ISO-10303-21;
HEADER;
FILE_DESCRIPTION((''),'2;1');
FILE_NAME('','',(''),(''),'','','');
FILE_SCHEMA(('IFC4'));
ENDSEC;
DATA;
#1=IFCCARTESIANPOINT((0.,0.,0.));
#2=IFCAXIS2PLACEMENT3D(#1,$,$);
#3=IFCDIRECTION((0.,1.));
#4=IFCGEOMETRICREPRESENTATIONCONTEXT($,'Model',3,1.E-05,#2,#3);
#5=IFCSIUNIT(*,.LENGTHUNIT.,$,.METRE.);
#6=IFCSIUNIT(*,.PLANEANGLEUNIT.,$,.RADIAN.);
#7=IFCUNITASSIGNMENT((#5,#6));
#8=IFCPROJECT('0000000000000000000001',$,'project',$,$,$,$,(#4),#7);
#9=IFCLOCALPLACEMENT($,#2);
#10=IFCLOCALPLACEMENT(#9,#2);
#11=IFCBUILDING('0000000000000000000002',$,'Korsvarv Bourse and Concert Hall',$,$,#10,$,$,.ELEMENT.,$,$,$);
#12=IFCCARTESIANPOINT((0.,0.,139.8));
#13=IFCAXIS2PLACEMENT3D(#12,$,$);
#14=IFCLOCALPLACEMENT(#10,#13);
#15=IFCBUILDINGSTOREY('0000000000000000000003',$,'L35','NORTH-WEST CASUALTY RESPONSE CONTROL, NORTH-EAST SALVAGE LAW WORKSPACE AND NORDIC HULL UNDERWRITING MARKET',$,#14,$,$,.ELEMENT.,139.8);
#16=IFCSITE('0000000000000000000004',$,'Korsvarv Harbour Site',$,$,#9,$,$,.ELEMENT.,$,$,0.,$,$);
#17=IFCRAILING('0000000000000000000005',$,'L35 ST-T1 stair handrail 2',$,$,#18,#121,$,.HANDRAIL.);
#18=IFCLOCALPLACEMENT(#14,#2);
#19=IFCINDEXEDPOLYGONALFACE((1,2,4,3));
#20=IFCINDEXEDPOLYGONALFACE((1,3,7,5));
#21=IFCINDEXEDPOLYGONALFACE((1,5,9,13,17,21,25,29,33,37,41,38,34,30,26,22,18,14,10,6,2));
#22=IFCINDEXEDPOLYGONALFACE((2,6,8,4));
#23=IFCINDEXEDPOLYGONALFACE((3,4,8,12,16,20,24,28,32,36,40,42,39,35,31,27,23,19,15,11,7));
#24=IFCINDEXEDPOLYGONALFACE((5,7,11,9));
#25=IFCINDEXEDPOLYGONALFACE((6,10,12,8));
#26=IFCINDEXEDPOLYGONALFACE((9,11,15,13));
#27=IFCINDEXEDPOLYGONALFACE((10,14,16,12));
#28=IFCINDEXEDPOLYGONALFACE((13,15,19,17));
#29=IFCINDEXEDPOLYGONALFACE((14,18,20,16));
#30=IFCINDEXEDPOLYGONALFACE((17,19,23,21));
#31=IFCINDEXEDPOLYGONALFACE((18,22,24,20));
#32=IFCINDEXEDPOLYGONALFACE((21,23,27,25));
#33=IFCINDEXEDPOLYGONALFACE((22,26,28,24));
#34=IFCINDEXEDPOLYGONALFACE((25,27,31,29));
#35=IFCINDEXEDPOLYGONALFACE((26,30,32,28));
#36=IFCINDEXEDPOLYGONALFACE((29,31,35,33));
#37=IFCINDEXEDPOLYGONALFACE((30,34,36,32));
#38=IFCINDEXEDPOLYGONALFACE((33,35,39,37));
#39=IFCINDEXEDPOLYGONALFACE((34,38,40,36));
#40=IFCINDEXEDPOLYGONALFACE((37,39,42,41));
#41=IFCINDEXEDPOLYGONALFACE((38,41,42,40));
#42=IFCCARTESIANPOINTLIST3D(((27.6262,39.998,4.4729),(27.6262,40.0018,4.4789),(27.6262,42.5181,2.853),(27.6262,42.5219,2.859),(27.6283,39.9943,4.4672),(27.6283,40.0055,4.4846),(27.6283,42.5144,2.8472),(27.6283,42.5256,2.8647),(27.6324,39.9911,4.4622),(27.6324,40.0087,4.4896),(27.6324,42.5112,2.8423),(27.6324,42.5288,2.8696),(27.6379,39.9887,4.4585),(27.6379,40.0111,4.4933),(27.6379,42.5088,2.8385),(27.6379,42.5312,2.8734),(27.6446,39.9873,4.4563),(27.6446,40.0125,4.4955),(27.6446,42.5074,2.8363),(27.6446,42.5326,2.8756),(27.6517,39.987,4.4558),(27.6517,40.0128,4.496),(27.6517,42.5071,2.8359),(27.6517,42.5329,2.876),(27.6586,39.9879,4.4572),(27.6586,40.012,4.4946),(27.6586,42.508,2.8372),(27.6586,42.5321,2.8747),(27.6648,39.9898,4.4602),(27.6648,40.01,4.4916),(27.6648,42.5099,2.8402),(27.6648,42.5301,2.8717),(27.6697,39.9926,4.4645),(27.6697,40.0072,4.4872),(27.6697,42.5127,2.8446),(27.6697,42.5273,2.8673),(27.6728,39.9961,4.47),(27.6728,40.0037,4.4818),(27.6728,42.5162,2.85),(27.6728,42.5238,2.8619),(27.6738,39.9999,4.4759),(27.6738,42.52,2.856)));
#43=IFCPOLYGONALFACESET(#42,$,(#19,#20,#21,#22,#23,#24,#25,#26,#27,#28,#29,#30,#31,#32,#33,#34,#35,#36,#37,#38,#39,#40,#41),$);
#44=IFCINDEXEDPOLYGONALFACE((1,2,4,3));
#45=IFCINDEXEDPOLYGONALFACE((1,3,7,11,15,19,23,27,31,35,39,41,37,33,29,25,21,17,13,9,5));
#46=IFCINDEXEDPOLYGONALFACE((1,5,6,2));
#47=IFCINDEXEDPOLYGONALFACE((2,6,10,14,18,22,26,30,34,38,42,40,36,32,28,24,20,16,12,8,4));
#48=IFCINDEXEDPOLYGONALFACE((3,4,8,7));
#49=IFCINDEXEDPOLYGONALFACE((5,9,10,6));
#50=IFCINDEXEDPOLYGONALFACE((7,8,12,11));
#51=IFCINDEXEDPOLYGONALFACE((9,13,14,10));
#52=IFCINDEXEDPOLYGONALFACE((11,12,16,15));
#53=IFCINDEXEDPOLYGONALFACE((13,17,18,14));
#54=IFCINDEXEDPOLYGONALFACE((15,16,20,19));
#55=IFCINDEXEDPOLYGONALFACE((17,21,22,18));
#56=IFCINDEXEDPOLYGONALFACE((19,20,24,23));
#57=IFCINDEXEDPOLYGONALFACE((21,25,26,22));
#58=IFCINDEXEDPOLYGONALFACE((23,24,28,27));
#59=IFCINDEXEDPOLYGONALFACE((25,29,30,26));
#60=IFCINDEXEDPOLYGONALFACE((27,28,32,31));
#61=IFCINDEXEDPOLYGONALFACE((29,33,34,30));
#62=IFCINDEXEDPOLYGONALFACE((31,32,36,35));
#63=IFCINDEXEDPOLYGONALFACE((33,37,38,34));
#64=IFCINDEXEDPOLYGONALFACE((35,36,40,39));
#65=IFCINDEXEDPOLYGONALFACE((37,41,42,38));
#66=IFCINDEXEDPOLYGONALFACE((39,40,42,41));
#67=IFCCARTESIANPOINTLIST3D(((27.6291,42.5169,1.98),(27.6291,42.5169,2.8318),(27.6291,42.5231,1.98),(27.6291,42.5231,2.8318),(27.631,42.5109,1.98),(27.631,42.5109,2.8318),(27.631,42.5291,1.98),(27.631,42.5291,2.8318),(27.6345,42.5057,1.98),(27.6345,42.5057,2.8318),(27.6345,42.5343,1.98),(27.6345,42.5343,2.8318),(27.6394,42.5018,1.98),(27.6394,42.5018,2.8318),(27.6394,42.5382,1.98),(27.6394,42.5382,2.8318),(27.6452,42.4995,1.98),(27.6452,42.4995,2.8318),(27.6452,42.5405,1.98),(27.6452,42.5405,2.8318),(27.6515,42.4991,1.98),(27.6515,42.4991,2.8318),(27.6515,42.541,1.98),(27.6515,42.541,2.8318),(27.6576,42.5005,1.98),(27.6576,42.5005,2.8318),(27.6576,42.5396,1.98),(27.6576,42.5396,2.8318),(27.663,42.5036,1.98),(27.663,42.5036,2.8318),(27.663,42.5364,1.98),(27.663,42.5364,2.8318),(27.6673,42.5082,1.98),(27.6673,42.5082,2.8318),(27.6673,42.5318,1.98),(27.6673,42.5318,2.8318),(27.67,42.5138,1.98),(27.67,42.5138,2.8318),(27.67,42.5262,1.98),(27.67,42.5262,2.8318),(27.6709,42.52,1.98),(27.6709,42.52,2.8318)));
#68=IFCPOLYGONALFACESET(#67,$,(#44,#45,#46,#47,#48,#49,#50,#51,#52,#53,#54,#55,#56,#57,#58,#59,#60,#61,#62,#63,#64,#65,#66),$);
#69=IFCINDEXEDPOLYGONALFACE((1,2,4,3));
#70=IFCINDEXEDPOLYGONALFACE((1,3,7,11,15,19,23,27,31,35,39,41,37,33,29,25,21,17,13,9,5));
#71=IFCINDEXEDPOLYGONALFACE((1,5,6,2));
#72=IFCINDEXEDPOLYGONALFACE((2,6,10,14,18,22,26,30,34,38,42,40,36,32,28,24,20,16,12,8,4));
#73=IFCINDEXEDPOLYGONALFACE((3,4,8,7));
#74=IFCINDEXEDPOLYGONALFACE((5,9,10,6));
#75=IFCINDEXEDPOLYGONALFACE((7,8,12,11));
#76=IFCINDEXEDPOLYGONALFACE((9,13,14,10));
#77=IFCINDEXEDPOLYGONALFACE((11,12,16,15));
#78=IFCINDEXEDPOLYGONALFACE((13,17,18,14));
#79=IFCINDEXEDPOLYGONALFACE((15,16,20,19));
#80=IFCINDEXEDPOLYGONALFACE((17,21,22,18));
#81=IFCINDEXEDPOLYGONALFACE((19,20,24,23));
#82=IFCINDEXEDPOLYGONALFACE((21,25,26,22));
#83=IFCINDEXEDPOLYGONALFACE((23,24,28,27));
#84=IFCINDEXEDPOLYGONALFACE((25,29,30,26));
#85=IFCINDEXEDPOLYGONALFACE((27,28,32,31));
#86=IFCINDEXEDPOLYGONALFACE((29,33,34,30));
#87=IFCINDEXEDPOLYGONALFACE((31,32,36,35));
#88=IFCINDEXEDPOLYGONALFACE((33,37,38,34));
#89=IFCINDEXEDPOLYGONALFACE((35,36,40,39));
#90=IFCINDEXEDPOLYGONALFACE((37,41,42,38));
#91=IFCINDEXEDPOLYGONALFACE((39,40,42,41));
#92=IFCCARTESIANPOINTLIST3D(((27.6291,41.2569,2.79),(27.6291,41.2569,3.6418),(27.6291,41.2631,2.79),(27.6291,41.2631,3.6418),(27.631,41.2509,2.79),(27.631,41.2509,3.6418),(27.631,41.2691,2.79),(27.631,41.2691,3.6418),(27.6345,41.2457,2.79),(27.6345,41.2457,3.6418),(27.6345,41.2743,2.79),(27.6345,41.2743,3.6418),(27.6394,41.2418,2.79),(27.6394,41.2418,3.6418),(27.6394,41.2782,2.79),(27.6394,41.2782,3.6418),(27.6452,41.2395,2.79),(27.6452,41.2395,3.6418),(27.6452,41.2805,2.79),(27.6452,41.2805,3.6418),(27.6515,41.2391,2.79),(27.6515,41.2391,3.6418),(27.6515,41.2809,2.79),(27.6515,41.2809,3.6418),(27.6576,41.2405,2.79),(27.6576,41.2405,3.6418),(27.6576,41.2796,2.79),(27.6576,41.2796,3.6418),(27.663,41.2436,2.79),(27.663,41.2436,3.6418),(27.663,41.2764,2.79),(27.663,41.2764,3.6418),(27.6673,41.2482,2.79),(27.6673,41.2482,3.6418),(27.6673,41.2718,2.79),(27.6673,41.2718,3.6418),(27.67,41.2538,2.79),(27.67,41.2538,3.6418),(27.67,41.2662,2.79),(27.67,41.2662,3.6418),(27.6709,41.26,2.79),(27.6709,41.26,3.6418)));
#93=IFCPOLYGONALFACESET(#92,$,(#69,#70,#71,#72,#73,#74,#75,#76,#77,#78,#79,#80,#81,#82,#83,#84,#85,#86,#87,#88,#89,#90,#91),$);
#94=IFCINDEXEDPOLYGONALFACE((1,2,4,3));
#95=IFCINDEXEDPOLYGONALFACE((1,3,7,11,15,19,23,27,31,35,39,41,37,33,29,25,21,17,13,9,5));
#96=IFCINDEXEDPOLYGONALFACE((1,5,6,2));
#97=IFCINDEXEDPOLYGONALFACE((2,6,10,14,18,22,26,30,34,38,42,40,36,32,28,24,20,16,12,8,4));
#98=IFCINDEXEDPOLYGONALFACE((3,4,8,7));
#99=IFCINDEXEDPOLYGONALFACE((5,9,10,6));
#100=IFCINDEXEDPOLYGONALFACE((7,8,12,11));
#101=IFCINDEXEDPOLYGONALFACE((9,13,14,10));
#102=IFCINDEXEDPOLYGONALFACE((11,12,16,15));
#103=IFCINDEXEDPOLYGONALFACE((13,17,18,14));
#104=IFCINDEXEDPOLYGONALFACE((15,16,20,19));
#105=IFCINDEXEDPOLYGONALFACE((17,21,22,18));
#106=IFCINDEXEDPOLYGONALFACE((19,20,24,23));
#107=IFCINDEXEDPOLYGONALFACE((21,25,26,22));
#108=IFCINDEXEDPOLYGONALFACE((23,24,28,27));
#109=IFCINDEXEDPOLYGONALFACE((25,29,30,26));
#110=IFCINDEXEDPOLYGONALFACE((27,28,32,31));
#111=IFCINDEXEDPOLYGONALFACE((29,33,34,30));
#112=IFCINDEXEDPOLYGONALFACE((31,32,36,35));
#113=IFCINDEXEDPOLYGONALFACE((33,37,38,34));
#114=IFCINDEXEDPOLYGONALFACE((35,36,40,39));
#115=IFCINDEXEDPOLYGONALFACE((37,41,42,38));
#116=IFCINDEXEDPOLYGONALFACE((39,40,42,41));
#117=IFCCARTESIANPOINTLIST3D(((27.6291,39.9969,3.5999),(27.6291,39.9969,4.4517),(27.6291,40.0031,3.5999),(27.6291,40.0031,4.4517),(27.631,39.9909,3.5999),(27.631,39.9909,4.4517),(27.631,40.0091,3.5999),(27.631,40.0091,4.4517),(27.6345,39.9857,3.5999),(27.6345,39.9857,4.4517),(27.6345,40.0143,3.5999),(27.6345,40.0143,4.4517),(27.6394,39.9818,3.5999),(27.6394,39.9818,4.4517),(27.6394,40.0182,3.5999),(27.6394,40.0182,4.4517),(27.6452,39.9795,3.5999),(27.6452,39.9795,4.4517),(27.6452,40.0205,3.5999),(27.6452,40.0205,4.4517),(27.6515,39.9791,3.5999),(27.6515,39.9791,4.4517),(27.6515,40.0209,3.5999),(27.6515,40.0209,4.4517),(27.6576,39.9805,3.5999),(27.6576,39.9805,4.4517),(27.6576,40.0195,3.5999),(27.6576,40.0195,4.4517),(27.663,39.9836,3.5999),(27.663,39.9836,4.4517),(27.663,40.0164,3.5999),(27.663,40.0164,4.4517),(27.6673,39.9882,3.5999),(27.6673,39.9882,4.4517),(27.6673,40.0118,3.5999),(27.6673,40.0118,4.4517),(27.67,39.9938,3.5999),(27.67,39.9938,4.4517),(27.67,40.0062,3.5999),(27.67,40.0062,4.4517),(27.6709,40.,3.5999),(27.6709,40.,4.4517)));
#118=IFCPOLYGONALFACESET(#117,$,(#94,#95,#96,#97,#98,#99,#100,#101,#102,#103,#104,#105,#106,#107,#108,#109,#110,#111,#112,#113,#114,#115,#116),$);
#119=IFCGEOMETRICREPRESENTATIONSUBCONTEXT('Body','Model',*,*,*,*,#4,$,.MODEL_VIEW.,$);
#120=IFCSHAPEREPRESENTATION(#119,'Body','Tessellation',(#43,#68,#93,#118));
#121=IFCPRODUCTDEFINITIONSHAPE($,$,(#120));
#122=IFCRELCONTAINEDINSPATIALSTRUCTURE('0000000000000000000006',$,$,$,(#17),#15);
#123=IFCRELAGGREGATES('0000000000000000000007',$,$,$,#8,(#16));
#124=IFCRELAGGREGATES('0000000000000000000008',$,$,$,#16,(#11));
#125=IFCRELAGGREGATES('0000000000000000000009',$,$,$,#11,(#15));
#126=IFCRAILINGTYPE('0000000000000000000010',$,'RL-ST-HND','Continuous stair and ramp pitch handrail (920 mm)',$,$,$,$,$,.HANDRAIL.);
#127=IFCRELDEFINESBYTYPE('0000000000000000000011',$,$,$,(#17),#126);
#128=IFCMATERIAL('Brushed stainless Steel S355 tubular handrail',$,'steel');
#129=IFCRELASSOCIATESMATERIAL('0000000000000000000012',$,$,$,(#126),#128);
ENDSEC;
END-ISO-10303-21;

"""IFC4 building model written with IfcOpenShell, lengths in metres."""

from ifc_helpers import new_model, si_unit, direction, frame, origin, origin_2d, place, context, subcontext, project, spatial, circle, extrude, material, type_object, element, save


model = new_model("IFC4")

# Units and contexts
model_context = context("Model", 3, precision=1e-05, world=origin(), true_north=direction((0.0, 1.0)))
body_context = subcontext(model_context, "Body", "Model", "MODEL_VIEW")
ifc_project = project(units=[si_unit("LENGTHUNIT", "METRE"), si_unit("PLANEANGLEUNIT", "RADIAN")], contexts=[model_context])

# Site, building, storey
site_placement = place(None, origin())
site = spatial("IfcSite", under=ifc_project, at=site_placement, Name="Korsvarv Harbour Site", CompositionType="ELEMENT", RefElevation=0.0)
building_placement = place(site_placement, origin())
building = spatial("IfcBuilding", under=site, at=building_placement, Name="Korsvarv Bourse and Concert Hall", CompositionType="ELEMENT")
storey_placement = place(building_placement, frame((0.0, 0.0, 139.8)))
storey = spatial("IfcBuildingStorey", under=building, at=storey_placement, Name="L35", Description="NORTH-WEST CASUALTY RESPONSE CONTROL, NORTH-EAST SALVAGE LAW WORKSPACE AND NORDIC HULL UNDERWRITING MARKET", CompositionType="ELEMENT", Elevation=139.8)

# Railing
ifc_material_1 = material(Name="Brushed stainless Steel S355 tubular handrail", Category="steel")
railing_type_1 = type_object("IfcRailingType", Name="RL-ST-HND", Description="Continuous stair and ramp pitch handrail (920 mm)", PredefinedType="HANDRAIL", material=ifc_material_1)
railing_1_placement = place(storey_placement, frame((27.6499, 42.52, 1.98)))
element("IfcRailing", 1, at=railing_1_placement, inside=storey, type_object=railing_type_1, Name="L35 ST-T1 stair handrail 2", PredefinedType="HANDRAIL", context=body_context, shape_type="SweptSolid", body=[
    extrude(circle(Radius=0.0239, at=origin_2d()), frame((0.0, 0.0, 0.876), z_axis=(0.0, -0.8412, 0.540725), x_axis=(1.0, 0.0, 0.0)), (0.0, 0.0, 1.0), 2.9958),
    extrude(circle(Radius=0.021, at=origin_2d()), origin(), (0.0, 0.0, 1.0), 0.8518),
    extrude(circle(Radius=0.021, at=origin_2d()), frame((0.0, -1.26, 0.8101)), (0.0, 0.0, 1.0), 0.8518),
    extrude(circle(Radius=0.021, at=origin_2d()), frame((0.0, -2.52, 1.6199)), (0.0, 0.0, 1.0), 0.8518),
])

save(model, "model.ifc")
